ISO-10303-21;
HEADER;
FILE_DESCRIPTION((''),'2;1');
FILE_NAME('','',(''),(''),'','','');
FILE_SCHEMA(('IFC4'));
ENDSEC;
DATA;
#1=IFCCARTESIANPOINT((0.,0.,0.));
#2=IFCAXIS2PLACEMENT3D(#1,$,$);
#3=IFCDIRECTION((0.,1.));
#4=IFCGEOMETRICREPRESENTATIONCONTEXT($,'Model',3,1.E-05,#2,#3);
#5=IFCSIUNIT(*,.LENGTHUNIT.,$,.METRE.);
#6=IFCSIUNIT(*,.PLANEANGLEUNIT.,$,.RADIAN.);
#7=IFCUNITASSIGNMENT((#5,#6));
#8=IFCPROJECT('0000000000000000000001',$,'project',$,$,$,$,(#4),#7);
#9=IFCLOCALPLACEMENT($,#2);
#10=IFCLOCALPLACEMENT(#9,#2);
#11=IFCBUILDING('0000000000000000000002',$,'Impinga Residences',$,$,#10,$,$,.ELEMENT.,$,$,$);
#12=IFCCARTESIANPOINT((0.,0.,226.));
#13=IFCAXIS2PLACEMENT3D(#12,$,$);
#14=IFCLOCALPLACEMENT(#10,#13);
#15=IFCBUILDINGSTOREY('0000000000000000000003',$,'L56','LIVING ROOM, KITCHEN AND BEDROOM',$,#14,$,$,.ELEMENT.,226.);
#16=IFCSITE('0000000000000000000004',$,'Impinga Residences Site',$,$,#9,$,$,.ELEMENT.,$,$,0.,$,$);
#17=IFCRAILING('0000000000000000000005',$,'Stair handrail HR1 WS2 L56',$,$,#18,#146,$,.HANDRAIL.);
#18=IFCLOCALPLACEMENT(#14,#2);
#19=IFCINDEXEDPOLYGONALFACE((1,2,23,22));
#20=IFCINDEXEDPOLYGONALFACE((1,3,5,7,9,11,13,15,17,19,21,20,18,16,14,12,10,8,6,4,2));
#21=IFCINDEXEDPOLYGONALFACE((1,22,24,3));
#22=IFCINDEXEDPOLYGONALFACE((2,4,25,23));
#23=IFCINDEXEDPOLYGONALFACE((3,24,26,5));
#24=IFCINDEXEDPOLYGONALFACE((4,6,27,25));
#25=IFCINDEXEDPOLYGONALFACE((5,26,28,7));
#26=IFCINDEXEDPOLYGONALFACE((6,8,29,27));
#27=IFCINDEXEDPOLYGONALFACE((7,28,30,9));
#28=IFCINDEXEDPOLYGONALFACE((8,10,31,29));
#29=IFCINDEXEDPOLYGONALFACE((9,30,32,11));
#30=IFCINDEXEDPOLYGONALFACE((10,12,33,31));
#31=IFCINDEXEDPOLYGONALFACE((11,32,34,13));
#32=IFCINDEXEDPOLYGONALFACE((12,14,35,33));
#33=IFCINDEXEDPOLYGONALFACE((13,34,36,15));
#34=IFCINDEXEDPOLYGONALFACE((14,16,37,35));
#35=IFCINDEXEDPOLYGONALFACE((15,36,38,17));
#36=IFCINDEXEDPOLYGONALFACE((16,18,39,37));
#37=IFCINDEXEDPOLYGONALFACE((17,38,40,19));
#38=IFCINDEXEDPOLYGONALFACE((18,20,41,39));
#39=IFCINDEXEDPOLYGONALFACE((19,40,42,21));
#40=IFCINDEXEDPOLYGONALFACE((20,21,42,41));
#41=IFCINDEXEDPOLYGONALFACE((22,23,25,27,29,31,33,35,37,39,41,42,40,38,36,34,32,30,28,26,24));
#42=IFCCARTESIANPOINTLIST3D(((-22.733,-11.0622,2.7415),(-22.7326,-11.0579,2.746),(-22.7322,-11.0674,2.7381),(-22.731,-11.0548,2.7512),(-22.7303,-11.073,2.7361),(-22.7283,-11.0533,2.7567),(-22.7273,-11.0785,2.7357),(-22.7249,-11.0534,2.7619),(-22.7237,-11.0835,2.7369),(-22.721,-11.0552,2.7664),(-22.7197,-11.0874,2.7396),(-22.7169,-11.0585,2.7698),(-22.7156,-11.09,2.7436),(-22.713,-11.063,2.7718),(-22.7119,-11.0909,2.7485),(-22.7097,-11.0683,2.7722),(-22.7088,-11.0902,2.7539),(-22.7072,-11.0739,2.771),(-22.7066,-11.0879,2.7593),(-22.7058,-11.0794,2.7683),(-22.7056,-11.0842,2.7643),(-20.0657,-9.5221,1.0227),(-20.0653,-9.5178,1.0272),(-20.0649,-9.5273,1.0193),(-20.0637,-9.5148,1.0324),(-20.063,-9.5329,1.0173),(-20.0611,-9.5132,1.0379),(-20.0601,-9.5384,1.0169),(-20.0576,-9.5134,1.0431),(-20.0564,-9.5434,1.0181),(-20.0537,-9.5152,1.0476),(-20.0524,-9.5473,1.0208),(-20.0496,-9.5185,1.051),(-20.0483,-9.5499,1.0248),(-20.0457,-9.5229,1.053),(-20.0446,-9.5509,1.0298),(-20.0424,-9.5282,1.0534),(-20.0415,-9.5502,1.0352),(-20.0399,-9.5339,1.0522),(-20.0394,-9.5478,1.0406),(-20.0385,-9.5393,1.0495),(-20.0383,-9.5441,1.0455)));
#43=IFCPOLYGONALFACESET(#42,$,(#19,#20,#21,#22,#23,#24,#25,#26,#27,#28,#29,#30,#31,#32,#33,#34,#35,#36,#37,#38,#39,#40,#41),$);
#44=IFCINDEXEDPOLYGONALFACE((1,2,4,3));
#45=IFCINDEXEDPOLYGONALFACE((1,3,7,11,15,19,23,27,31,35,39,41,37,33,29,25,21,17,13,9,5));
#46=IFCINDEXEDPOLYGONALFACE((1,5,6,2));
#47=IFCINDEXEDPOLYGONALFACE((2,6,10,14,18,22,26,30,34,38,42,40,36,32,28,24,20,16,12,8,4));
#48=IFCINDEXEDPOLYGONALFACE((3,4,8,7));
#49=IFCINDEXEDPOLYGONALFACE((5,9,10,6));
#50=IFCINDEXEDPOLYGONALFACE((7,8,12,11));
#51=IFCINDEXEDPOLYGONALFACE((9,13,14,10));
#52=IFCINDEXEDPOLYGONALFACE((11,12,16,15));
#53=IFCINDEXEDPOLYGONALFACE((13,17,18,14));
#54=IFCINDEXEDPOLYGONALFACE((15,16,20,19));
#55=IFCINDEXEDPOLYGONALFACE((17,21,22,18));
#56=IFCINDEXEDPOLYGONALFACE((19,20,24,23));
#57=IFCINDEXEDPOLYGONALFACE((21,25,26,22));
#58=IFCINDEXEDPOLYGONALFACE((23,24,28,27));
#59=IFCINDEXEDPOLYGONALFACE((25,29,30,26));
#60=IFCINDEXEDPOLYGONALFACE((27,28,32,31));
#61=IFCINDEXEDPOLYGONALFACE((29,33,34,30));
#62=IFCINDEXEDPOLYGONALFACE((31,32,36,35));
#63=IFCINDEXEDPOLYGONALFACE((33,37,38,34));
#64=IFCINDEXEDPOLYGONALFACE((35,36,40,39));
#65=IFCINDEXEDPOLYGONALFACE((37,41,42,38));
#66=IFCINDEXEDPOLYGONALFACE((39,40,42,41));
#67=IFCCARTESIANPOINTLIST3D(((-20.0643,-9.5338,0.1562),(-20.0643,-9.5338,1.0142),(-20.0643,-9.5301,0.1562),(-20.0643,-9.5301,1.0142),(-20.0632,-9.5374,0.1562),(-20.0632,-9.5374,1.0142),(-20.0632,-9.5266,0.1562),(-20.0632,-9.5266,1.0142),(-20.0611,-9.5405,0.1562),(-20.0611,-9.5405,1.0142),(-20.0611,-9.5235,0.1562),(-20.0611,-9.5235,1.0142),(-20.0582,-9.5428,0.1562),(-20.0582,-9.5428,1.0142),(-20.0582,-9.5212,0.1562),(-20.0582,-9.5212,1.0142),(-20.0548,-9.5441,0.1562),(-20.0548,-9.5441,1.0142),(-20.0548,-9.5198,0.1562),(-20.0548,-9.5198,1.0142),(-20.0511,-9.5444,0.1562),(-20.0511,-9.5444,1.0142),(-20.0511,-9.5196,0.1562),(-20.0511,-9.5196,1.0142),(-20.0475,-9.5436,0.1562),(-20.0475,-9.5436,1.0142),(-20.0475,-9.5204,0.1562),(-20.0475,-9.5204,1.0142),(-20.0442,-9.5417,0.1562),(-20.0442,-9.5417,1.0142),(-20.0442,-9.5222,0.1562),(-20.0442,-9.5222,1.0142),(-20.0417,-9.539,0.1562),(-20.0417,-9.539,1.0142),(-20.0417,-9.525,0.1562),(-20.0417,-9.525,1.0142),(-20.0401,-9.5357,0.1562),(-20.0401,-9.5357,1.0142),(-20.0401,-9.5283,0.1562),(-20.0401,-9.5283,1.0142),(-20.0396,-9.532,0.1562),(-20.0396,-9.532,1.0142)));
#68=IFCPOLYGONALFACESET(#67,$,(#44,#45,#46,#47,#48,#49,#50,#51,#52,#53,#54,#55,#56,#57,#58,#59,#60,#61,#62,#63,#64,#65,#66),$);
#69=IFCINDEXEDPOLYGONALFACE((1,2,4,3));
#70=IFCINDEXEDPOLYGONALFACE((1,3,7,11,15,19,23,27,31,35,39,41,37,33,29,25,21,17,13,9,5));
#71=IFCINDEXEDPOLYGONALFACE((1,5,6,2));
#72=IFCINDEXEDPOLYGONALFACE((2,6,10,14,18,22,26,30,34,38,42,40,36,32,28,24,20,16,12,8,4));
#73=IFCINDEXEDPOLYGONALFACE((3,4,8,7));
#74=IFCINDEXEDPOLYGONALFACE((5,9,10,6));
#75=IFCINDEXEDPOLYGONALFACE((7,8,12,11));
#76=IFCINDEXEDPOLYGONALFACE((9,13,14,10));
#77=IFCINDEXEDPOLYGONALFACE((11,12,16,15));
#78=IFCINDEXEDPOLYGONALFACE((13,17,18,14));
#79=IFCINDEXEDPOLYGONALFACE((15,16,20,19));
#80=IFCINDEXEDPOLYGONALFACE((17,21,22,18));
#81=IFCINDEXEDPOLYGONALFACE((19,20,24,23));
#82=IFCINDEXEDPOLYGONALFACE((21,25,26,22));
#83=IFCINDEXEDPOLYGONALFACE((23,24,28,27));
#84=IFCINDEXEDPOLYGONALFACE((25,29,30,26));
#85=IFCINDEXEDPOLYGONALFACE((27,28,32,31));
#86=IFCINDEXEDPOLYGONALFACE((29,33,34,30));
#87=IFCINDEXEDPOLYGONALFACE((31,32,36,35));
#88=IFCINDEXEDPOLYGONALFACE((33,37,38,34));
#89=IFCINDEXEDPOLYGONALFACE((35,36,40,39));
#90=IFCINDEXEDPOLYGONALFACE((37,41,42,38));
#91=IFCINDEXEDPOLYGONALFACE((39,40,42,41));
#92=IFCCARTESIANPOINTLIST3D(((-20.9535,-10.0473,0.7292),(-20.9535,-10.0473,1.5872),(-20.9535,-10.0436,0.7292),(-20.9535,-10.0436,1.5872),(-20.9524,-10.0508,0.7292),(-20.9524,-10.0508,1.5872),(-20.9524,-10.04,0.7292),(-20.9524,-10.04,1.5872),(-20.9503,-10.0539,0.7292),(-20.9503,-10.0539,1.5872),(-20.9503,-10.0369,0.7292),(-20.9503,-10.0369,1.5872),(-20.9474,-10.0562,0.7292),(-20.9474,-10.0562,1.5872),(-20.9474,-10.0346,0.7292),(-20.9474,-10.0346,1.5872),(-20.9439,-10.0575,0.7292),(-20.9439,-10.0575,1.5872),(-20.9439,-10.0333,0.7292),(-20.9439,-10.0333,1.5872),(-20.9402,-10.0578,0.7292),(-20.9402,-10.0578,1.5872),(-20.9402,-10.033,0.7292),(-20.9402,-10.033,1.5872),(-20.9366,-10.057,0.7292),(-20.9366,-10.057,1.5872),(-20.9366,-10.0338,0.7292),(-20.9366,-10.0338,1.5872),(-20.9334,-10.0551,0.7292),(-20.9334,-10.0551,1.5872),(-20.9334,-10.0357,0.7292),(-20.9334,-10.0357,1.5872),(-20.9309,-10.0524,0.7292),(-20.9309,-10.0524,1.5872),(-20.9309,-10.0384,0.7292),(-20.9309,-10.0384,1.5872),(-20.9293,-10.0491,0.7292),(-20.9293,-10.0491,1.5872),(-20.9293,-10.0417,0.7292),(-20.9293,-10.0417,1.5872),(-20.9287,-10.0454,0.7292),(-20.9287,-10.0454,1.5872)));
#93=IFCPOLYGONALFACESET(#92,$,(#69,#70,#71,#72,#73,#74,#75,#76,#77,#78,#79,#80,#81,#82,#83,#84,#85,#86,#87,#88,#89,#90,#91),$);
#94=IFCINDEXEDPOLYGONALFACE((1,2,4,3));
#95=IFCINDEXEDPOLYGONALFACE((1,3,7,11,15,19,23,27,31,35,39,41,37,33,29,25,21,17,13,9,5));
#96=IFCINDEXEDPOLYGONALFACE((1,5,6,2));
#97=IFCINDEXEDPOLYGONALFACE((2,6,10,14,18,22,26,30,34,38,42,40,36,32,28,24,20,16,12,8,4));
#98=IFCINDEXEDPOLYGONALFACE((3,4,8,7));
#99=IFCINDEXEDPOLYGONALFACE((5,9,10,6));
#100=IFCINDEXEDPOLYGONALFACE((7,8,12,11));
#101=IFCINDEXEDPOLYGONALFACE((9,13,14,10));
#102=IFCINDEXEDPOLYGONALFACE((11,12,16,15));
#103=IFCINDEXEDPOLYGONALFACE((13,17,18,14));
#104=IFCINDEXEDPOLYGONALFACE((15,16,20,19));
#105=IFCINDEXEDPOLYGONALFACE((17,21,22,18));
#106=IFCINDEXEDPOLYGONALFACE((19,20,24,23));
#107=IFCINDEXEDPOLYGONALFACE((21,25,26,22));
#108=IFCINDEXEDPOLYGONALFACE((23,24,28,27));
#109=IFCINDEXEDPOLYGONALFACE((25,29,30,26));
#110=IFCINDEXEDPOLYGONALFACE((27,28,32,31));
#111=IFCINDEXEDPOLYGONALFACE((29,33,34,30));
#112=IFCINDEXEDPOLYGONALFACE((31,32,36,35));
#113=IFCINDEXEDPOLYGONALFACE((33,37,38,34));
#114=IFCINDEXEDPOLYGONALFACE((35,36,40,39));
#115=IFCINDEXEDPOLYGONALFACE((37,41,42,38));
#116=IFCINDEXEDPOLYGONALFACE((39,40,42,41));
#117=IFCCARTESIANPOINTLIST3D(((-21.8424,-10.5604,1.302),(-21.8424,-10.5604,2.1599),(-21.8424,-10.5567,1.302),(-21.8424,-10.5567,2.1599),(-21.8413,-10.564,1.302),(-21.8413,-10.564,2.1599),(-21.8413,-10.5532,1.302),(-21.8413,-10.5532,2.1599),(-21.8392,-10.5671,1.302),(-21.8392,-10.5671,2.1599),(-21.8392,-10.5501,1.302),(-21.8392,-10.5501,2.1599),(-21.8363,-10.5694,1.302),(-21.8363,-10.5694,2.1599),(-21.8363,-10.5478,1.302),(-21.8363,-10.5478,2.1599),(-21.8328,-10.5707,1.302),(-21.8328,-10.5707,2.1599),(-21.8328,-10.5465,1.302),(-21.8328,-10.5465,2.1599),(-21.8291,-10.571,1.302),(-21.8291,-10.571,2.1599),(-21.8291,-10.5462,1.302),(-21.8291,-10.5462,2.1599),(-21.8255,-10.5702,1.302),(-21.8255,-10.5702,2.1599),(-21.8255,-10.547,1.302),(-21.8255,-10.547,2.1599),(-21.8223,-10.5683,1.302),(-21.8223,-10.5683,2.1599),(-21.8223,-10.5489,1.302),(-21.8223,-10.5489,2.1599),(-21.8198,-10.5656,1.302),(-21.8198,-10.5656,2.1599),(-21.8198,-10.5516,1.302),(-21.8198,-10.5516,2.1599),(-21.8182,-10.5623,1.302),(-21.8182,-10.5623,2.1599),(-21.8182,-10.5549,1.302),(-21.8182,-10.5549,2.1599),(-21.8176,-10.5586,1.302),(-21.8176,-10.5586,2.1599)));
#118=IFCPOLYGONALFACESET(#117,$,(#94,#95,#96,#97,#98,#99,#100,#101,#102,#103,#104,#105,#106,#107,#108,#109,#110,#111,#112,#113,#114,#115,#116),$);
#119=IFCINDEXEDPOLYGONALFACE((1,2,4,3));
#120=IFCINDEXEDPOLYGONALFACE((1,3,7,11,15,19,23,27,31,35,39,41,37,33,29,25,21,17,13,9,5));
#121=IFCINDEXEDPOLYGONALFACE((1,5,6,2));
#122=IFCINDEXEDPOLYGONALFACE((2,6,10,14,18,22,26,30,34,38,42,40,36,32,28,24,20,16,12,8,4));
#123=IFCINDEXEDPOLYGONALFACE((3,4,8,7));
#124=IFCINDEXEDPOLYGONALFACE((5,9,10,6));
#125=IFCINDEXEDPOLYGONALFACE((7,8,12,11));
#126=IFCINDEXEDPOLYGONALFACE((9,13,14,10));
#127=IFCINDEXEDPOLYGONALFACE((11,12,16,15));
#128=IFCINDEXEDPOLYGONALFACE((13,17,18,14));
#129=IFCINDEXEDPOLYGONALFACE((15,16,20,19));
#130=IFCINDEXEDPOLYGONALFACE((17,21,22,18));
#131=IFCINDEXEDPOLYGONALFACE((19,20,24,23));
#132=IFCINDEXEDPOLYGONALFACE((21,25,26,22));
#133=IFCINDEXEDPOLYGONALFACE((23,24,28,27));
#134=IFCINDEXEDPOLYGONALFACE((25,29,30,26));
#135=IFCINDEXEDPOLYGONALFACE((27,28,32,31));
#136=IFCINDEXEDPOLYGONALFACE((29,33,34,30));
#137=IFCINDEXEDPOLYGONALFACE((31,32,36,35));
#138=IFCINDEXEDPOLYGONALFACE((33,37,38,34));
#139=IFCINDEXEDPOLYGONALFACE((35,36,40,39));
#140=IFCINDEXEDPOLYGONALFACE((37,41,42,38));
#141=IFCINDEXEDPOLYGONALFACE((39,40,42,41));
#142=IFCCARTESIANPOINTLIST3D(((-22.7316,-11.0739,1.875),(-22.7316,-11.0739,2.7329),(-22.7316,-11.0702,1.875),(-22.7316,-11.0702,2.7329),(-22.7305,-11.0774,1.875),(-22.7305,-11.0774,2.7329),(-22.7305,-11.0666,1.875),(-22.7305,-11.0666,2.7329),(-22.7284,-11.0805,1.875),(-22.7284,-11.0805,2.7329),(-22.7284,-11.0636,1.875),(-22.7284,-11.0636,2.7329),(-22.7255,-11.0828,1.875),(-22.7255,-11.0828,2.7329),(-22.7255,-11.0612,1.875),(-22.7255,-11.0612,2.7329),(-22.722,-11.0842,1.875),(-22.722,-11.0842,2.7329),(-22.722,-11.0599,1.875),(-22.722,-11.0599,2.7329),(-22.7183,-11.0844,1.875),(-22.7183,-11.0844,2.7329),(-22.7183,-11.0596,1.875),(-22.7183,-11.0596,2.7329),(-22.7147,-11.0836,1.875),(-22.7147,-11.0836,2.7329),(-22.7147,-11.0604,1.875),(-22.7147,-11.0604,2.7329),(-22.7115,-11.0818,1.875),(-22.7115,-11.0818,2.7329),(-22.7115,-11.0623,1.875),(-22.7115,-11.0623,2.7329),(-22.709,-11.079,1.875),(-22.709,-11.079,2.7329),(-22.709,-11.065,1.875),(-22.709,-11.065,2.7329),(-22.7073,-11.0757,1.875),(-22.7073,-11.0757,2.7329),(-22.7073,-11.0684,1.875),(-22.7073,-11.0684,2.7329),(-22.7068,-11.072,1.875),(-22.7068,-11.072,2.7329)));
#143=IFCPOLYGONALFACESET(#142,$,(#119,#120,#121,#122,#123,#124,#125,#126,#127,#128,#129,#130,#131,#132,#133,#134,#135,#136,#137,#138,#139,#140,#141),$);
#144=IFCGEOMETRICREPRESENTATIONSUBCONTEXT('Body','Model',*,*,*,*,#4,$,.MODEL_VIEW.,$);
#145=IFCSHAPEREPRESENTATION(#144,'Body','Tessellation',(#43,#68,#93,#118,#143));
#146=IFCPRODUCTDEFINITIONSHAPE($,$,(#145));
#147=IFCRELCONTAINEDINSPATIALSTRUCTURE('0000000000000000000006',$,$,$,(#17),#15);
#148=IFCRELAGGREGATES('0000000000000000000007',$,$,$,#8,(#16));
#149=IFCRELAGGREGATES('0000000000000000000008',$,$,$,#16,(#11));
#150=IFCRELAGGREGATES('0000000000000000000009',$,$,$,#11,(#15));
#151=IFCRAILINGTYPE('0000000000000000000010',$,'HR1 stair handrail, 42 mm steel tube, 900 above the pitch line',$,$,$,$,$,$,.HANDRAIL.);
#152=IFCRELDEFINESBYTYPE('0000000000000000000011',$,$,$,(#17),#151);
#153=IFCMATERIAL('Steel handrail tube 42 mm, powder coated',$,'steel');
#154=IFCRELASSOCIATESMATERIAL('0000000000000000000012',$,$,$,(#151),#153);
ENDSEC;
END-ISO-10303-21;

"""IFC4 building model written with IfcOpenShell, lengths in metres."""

from ifc_helpers import new_model, si_unit, direction, frame, origin, origin_2d, place, context, subcontext, project, spatial, circle, extrude, material, type_object, element, save


model = new_model("IFC4")

# Units and contexts
model_context = context("Model", 3, precision=1e-05, world=origin(), true_north=direction((0.0, 1.0)))
body_context = subcontext(model_context, "Body", "Model", "MODEL_VIEW")
ifc_project = project(units=[si_unit("LENGTHUNIT", "METRE"), si_unit("PLANEANGLEUNIT", "RADIAN")], contexts=[model_context])

# Site, building, storey
site_placement = place(None, origin())
site = spatial("IfcSite", under=ifc_project, at=site_placement, Name="Impinga Residences Site", CompositionType="ELEMENT", RefElevation=0.0)
building_placement = place(site_placement, origin())
building = spatial("IfcBuilding", under=site, at=building_placement, Name="Impinga Residences", CompositionType="ELEMENT")
storey_placement = place(building_placement, frame((0.0, 0.0, 226.0)))
storey = spatial("IfcBuildingStorey", under=building, at=storey_placement, Name="L56", Description="LIVING ROOM, KITCHEN AND BEDROOM", CompositionType="ELEMENT", Elevation=226.0)

# Railing
ifc_material_1 = material(Name="Steel handrail tube 42 mm, powder coated", Category="steel")
railing_type_1 = type_object("IfcRailingType", Name="HR1 stair handrail, 42 mm steel tube, 900 above the pitch line", PredefinedType="HANDRAIL", material=ifc_material_1)
railing_1_placement = place(storey_placement, frame((-20.052, -9.532, 0.1562)))
element("IfcRailing", 1, at=railing_1_placement, inside=storey, type_object=railing_type_1, Name="Stair handrail HR1 WS2 L56", PredefinedType="HANDRAIL", context=body_context, shape_type="SweptSolid", body=[
    extrude(circle(Radius=0.021, at=origin_2d()), frame((0.0, 0.0, 0.8789), z_axis=(-0.756226, -0.436639, 0.487307), x_axis=(0.500027, -0.86601, 0.0)), (0.0, 0.0, 1.0), 3.5271),
    extrude(circle(Radius=0.0125, at=origin_2d()), origin(), (0.0, 0.0, 1.0), 0.8579),
    extrude(circle(Radius=0.0125, at=origin_2d()), frame((-0.8892, -0.5134, 0.573)), (0.0, 0.0, 1.0), 0.8579),
    extrude(circle(Radius=0.0125, at=origin_2d()), frame((-1.7781, -1.0266, 1.1458)), (0.0, 0.0, 1.0), 0.8579),
    extrude(circle(Radius=0.0125, at=origin_2d()), frame((-2.6672, -1.54, 1.7188)), (0.0, 0.0, 1.0), 0.8579),
])

save(model, "model.ifc")
